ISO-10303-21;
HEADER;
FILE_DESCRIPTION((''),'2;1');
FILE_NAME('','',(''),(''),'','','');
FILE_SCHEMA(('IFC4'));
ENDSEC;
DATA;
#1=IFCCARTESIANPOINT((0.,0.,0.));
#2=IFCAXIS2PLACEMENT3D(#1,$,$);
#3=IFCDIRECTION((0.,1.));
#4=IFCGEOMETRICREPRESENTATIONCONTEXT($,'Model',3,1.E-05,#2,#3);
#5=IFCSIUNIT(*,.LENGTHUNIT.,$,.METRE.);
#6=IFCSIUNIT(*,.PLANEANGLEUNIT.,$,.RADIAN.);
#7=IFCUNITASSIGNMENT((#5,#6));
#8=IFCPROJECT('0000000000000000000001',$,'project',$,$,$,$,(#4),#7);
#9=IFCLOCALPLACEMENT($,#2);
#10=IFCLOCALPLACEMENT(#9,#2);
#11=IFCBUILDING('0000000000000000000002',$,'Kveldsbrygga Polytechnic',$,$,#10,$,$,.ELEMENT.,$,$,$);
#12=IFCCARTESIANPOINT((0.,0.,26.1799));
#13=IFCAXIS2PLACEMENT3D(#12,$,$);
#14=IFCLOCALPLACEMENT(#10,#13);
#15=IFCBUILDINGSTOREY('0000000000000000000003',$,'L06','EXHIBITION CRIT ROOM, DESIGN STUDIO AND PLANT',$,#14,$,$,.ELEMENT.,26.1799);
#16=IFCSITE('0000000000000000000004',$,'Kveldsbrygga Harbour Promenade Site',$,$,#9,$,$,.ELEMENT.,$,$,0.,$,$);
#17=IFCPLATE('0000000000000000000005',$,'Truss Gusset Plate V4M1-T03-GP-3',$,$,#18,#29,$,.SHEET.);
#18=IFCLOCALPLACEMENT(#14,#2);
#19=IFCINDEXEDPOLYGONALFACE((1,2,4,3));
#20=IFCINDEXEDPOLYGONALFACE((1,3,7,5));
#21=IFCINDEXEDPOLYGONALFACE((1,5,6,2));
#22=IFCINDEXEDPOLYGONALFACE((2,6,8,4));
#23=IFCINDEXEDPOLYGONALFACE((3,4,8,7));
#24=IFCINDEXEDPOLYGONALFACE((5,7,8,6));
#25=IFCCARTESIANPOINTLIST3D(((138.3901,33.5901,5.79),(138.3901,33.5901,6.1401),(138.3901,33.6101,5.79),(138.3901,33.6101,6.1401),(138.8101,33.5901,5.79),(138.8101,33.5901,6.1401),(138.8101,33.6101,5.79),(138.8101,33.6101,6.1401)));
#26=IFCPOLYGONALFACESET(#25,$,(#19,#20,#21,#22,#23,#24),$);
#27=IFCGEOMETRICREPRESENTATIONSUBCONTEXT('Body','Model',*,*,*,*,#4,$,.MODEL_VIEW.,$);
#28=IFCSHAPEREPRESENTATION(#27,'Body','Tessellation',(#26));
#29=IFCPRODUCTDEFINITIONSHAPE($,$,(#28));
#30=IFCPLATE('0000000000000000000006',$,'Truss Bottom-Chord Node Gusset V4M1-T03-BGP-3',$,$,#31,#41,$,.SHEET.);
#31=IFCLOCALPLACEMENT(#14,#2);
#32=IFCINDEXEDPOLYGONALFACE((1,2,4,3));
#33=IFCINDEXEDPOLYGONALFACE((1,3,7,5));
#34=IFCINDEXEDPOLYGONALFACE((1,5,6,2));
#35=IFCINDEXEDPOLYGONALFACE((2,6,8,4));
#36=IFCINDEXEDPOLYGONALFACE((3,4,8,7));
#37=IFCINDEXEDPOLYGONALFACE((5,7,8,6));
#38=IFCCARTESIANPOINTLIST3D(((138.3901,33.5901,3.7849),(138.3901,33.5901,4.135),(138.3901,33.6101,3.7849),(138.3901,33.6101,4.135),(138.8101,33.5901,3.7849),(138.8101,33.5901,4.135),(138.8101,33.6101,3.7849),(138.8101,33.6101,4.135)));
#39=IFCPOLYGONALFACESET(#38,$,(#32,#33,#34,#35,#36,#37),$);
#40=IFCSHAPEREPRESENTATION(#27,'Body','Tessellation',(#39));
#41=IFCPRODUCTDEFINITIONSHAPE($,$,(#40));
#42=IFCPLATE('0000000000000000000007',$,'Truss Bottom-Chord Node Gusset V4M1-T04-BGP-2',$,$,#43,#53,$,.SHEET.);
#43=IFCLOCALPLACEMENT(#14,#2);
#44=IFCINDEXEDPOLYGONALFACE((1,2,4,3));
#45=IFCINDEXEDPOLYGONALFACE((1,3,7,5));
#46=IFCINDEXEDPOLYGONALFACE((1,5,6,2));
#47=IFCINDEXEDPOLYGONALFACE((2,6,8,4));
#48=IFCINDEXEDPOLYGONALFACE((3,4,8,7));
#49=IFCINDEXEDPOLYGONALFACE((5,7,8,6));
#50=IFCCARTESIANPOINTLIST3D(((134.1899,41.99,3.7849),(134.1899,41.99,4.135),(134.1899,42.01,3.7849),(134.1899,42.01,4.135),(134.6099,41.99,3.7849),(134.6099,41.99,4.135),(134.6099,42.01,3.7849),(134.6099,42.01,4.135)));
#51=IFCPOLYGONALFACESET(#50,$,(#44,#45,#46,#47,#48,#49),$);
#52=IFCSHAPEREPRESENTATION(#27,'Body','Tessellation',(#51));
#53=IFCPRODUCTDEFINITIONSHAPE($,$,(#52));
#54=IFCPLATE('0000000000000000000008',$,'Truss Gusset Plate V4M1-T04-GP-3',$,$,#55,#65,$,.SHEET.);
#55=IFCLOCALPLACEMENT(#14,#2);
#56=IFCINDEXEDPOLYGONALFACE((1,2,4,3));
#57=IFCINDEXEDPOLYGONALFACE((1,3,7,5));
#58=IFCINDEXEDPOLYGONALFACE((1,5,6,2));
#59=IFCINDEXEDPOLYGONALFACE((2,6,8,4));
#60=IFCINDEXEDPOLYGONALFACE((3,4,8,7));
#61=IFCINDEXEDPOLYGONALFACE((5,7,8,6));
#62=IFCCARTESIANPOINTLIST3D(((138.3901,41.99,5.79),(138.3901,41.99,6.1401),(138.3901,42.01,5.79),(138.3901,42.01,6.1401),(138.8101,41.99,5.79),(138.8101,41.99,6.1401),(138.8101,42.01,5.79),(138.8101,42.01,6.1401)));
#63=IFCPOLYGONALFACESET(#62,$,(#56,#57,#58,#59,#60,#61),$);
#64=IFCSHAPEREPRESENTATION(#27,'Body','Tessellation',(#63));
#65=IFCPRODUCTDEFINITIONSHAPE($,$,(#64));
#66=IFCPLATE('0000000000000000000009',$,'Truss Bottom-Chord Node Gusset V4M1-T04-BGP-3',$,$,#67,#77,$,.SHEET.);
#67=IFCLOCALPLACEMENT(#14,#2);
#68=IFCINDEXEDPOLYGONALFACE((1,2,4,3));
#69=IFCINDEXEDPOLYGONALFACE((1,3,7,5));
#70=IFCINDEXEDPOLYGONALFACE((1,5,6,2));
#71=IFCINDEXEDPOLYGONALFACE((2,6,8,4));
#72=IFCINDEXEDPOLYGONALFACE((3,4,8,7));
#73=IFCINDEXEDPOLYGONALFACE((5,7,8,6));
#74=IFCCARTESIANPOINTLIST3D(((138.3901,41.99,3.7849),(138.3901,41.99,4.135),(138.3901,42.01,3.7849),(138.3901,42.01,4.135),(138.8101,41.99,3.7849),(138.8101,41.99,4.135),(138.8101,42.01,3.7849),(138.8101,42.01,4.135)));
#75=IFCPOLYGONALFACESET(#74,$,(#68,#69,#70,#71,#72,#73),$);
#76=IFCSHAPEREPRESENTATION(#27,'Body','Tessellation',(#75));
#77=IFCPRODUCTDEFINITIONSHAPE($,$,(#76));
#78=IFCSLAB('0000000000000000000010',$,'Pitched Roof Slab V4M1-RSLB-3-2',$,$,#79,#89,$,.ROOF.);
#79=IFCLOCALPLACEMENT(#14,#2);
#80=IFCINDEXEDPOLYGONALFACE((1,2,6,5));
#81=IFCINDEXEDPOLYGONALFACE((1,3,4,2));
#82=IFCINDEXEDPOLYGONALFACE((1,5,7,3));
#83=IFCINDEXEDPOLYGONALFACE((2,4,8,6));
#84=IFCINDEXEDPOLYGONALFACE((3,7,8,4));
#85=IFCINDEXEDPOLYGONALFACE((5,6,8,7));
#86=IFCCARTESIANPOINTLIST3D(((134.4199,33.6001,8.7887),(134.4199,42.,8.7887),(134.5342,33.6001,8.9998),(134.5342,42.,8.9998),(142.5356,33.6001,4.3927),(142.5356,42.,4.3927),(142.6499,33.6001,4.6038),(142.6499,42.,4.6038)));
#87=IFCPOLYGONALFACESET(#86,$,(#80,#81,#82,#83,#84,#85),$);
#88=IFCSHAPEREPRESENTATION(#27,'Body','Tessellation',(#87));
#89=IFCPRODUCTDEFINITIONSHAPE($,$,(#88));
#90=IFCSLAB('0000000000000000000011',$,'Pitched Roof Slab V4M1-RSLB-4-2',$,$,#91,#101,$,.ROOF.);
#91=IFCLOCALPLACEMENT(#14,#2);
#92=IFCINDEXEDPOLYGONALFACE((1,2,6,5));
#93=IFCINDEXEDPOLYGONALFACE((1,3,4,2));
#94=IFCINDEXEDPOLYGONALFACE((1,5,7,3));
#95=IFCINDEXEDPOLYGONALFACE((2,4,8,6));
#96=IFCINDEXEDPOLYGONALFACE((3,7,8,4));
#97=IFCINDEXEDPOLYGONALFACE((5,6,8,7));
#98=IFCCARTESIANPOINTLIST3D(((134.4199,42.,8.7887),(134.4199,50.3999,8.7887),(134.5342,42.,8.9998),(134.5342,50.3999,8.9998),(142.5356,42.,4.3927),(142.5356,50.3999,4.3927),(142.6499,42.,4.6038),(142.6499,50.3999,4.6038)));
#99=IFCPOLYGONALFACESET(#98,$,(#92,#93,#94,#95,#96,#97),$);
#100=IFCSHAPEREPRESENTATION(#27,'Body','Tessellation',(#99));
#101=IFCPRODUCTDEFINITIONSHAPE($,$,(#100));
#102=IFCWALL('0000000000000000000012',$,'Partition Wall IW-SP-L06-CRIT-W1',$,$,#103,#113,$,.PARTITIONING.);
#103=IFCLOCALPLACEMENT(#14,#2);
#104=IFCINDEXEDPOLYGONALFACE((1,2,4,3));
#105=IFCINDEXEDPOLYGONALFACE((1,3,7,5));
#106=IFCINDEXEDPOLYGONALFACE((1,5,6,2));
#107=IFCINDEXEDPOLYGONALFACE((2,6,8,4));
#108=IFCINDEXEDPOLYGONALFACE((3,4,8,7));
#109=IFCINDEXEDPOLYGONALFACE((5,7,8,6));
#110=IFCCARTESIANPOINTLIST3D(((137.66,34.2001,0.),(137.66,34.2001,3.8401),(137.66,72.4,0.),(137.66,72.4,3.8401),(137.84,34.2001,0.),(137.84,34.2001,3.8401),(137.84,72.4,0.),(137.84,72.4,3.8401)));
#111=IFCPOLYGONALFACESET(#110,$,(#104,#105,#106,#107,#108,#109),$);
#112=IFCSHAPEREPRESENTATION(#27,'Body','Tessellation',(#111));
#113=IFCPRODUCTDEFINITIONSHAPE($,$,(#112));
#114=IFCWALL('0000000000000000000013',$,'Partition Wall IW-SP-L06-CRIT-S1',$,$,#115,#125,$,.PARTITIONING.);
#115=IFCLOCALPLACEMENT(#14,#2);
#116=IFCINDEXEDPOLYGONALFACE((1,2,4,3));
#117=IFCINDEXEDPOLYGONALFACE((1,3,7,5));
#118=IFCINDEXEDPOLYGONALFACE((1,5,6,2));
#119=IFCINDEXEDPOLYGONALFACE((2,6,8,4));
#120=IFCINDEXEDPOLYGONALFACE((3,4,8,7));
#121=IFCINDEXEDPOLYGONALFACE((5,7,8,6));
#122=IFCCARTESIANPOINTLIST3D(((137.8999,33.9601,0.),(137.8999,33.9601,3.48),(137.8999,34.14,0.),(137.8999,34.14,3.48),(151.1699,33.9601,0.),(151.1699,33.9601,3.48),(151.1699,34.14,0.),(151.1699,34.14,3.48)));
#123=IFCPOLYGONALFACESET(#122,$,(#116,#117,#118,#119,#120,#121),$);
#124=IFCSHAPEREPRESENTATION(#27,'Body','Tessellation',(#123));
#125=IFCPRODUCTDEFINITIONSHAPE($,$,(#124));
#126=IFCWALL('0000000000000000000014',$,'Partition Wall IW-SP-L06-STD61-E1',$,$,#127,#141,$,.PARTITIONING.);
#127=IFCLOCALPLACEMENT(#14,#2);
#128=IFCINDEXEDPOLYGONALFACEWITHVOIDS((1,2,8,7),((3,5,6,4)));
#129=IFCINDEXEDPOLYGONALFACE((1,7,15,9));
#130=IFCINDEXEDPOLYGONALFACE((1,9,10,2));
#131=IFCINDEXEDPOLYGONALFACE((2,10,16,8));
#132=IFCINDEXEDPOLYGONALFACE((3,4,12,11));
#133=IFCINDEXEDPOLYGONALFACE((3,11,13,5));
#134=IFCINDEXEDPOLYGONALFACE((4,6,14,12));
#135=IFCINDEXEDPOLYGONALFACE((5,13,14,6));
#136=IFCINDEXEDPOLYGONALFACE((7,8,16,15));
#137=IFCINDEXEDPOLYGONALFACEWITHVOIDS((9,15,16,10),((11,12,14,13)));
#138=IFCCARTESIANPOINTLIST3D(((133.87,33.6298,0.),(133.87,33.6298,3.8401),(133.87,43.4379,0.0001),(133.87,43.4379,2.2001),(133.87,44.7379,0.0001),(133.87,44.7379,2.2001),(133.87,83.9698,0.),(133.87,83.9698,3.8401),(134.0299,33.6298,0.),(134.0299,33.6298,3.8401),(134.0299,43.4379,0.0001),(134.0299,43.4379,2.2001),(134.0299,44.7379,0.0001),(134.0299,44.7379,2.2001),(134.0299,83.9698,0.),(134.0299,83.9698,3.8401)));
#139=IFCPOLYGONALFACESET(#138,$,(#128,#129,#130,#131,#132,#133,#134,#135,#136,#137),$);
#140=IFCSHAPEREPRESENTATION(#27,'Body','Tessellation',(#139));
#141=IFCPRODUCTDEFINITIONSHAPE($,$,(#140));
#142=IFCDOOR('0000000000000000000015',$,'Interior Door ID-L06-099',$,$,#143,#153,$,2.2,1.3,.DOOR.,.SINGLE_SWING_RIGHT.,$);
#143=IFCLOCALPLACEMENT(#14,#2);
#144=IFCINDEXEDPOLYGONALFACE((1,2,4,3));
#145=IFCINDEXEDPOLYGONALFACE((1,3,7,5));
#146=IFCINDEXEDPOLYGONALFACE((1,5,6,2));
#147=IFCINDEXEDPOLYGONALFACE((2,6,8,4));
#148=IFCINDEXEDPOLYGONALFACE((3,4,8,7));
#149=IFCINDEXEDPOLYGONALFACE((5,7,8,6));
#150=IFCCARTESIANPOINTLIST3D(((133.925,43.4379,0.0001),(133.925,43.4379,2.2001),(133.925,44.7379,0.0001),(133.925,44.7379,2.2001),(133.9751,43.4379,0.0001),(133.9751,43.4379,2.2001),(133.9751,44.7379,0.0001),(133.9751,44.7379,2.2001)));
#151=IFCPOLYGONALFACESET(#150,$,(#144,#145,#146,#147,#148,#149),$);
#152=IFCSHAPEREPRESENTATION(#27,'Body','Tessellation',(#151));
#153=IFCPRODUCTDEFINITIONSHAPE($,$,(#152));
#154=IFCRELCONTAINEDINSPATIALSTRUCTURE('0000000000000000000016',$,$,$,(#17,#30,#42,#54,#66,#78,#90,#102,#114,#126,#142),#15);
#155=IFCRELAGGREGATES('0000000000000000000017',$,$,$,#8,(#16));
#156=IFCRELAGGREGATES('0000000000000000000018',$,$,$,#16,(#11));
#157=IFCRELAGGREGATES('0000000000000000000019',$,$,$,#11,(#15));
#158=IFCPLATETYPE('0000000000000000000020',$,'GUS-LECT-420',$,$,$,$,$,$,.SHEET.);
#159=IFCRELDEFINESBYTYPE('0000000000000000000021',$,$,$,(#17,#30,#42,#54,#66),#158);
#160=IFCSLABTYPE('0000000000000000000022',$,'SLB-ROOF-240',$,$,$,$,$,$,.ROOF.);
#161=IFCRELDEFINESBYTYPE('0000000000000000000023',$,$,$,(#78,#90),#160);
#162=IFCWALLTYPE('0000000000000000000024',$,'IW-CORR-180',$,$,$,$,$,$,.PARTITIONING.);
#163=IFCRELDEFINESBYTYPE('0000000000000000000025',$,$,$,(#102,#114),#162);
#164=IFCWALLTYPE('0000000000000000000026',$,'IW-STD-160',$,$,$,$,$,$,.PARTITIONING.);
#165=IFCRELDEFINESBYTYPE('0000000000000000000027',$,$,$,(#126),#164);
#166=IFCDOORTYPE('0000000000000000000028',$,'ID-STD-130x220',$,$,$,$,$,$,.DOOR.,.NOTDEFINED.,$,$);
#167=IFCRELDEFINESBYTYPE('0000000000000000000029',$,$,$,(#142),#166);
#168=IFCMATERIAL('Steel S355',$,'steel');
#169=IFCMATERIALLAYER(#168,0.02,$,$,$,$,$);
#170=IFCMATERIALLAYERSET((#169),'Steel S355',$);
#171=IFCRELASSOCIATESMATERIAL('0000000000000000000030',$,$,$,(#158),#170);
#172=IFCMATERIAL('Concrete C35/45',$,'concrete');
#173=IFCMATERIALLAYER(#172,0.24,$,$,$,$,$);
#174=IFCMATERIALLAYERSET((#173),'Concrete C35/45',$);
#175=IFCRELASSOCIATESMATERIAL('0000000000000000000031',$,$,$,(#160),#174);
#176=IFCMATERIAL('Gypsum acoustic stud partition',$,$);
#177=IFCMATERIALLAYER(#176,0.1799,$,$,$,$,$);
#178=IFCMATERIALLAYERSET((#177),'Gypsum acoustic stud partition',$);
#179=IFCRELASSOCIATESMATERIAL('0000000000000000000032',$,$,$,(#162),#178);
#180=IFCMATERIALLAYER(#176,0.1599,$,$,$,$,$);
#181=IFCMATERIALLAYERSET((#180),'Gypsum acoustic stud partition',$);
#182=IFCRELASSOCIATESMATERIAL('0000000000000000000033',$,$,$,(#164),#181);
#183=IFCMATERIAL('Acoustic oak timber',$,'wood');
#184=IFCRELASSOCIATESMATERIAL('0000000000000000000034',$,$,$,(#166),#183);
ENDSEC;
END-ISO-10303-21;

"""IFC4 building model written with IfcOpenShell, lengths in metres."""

from ifc_helpers import new_model, si_unit, direction, frame, frame_2d, origin, origin_2d, place, context, subcontext, project, spatial, polyline, rectangle, outline, extrude, material, layer, layer_set, type_object, element, fill, save


model = new_model("IFC4")

# Units and contexts
model_context = context("Model", 3, precision=1e-05, world=origin(), true_north=direction((0.0, 1.0)))
body_context = subcontext(model_context, "Body", "Model", "MODEL_VIEW")
ifc_project = project(units=[si_unit("LENGTHUNIT", "METRE"), si_unit("PLANEANGLEUNIT", "RADIAN")], contexts=[model_context])

# Site, building, storey
site_placement = place(None, origin())
site = spatial("IfcSite", under=ifc_project, at=site_placement, Name="Kveldsbrygga Harbour Promenade Site", CompositionType="ELEMENT", RefElevation=0.0)
building_placement = place(site_placement, origin())
building = spatial("IfcBuilding", under=site, at=building_placement, Name="Kveldsbrygga Polytechnic", CompositionType="ELEMENT")
storey_placement = place(building_placement, frame((0.0, 0.0, 26.1799)))
storey = spatial("IfcBuildingStorey", under=building, at=storey_placement, Name="L06", Description="EXHIBITION CRIT ROOM, DESIGN STUDIO AND PLANT", CompositionType="ELEMENT", Elevation=26.1799)

# Shared definitions
ifc_material_1 = material(Name="Steel S355", Category="steel")

# Plates
ifc_layer_1 = layer(ifc_material_1, 0.02)
ifc_layer_set_1 = layer_set([ifc_layer_1], Name="Steel S355")
plate_type_1 = type_object("IfcPlateType", Name="GUS-LECT-420", PredefinedType="SHEET", material=ifc_layer_set_1)
for number, where, z_axis, x_axis, name in (
    (1, (138.6001, 33.6001, 5.79), (0.0, 0.0, 1.0), (1.0, 0.0, 0.0), "Truss Gusset Plate V4M1-T03-GP-3"),
    (2, (138.6001, 33.6001, 3.7849), (0.0, 0.0, 1.0), (1.0, 0.0, 0.0), "Truss Bottom-Chord Node Gusset V4M1-T03-BGP-3"),
    (3, (134.3999, 42.0, 3.7849), (0.0, 0.0, 1.0), (1.0, 0.0, 0.0), "Truss Bottom-Chord Node Gusset V4M1-T04-BGP-2"),
    (4, (138.6001, 42.0, 5.79), (0.0, 0.0, 1.0), (1.0, 0.0, 0.0), "Truss Gusset Plate V4M1-T04-GP-3"),
    (5, (138.6001, 42.0, 3.7849), (0.0, 0.0, 1.0), (1.0, 0.0, 0.0), "Truss Bottom-Chord Node Gusset V4M1-T04-BGP-3"),
):
    element("IfcPlate", number, at=place(storey_placement, frame(where, z_axis=z_axis, x_axis=x_axis)), inside=storey, type_object=plate_type_1, Name=name, PredefinedType="SHEET", context=body_context, shape_type="SweptSolid", body=[
        extrude(rectangle(XDim=0.4199, YDim=0.02, at=origin_2d()), origin(), (0.0, 0.0, 1.0), 0.3501),
    ])

# Slabs
ifc_material_2 = material(Name="Concrete C35/45", Category="concrete")
ifc_layer_2 = layer(ifc_material_2, 0.24)
ifc_layer_set_2 = layer_set([ifc_layer_2], Name="Concrete C35/45")
slab_type = type_object("IfcSlabType", Name="SLB-ROOF-240", PredefinedType="ROOF", material=ifc_layer_set_2)
for number, where, z_axis, x_axis, name in (
    (6, (134.5342, 33.6001, 8.9998), (0.476281, 0.0, 0.879293), (0.879293, 0.0, -0.476281), "Pitched Roof Slab V4M1-RSLB-3-2"),
    (7, (134.5342, 42.0, 8.9998), (0.476281, 0.0, 0.879293), (0.879293, 0.0, -0.476281), "Pitched Roof Slab V4M1-RSLB-4-2"),
):
    element("IfcSlab", number, at=place(storey_placement, frame(where, z_axis=z_axis, x_axis=x_axis)), inside=storey, type_object=slab_type, Name=name, PredefinedType="ROOF", context=body_context, shape_type="SweptSolid", body=[
        extrude(outline(polyline([(0.0, 0.0), (9.2298, 0.0), (9.2298, 8.3999), (0.0, 8.3999), (0.0, 0.0)])), origin(), (0.0, 0.0, -1.0), 0.24),
    ])

# Walls
ifc_material_3 = material(Name="Gypsum acoustic stud partition")
ifc_layer_3 = layer(ifc_material_3, 0.1799)
ifc_layer_set_3 = layer_set([ifc_layer_3], Name="Gypsum acoustic stud partition")
wall_type_1 = type_object("IfcWallType", Name="IW-CORR-180", PredefinedType="PARTITIONING", material=ifc_layer_set_3)
wall_1_placement = place(storey_placement, frame((137.75, 34.2, 0.0), z_axis=(0.0, 0.0, 1.0), x_axis=(0.0, 1.0, 0.0)))
element("IfcWall", 8, at=wall_1_placement, inside=storey, type_object=wall_type_1, Name="Partition Wall IW-SP-L06-CRIT-W1", PredefinedType="PARTITIONING", context=body_context, shape_type="SweptSolid", body=[
    extrude(rectangle(XDim=38.2, YDim=0.1799, at=frame_2d((19.1001, 0.0))), origin(), (0.0, 0.0, 1.0), 3.8401),
])
wall_2_placement = place(storey_placement, frame((137.8999, 34.05, 0.0), z_axis=(0.0, 0.0, 1.0), x_axis=(1.0, 0.0, 0.0)))
element("IfcWall", 9, at=wall_2_placement, inside=storey, type_object=wall_type_1, Name="Partition Wall IW-SP-L06-CRIT-S1", PredefinedType="PARTITIONING", context=body_context, shape_type="SweptSolid", body=[
    extrude(rectangle(XDim=13.27, YDim=0.1799, at=frame_2d((6.635, 0.0))), origin(), (0.0, 0.0, 1.0), 3.48),
])

# Wall, opening, door
ifc_layer_4 = layer(ifc_material_3, 0.1599)
ifc_layer_set_4 = layer_set([ifc_layer_4], Name="Gypsum acoustic stud partition")
wall_type_2 = type_object("IfcWallType", Name="IW-STD-160", PredefinedType="PARTITIONING", material=ifc_layer_set_4)
wall_3_placement = place(storey_placement, frame((133.95, 33.6299, 0.0), z_axis=(0.0, 0.0, 1.0), x_axis=(0.0, 1.0, 0.0)))
wall_3 = element("IfcWall", 10, at=wall_3_placement, inside=storey, type_object=wall_type_2, Name="Partition Wall IW-SP-L06-STD61-E1", PredefinedType="PARTITIONING", context=body_context, shape_type="SweptSolid", body=[
    extrude(rectangle(XDim=50.3401, YDim=0.1599, at=frame_2d((25.1699, 0.0))), origin(), (0.0, 0.0, 1.0), 3.8401),
])
opening_placement = place(wall_3_placement, frame((9.8081, 0.0, 0.0)))
opening = element("IfcOpeningElement", 11, at=opening_placement, cuts=wall_3, PredefinedType="OPENING", context=body_context, shape_type="SweptSolid", body=[
    extrude(rectangle(XDim=1.3, YDim=2.2, at=frame_2d((0.6499, 1.1001))), frame((0.0, 0.0898, 0.0), z_axis=(0.0, -1.0, 0.0), x_axis=(1.0, 0.0, 0.0)), (0.0, 0.0, 1.0), 0.1799),
])
ifc_material_4 = material(Name="Acoustic oak timber", Category="wood")
door_type = type_object("IfcDoorType", Name="ID-STD-130x220", OperationType="NOTDEFINED", PredefinedType="DOOR", material=ifc_material_4)
door_placement = place(opening_placement, origin())
door = element("IfcDoor", 12, at=door_placement, inside=storey, type_object=door_type, Name="Interior Door ID-L06-099", OperationType="SINGLE_SWING_RIGHT", OverallHeight=2.2, OverallWidth=1.3, PredefinedType="DOOR", context=body_context, shape_type="SweptSolid", body=[
    extrude(rectangle(XDim=1.3, YDim=2.2, at=frame_2d((0.6499, 1.1001))), frame((0.0, 0.0249, 0.0), z_axis=(0.0, -1.0, 0.0), x_axis=(1.0, 0.0, 0.0)), (0.0, 0.0, 1.0), 0.05),
])
fill(opening, door)

save(model, "model.ifc")
